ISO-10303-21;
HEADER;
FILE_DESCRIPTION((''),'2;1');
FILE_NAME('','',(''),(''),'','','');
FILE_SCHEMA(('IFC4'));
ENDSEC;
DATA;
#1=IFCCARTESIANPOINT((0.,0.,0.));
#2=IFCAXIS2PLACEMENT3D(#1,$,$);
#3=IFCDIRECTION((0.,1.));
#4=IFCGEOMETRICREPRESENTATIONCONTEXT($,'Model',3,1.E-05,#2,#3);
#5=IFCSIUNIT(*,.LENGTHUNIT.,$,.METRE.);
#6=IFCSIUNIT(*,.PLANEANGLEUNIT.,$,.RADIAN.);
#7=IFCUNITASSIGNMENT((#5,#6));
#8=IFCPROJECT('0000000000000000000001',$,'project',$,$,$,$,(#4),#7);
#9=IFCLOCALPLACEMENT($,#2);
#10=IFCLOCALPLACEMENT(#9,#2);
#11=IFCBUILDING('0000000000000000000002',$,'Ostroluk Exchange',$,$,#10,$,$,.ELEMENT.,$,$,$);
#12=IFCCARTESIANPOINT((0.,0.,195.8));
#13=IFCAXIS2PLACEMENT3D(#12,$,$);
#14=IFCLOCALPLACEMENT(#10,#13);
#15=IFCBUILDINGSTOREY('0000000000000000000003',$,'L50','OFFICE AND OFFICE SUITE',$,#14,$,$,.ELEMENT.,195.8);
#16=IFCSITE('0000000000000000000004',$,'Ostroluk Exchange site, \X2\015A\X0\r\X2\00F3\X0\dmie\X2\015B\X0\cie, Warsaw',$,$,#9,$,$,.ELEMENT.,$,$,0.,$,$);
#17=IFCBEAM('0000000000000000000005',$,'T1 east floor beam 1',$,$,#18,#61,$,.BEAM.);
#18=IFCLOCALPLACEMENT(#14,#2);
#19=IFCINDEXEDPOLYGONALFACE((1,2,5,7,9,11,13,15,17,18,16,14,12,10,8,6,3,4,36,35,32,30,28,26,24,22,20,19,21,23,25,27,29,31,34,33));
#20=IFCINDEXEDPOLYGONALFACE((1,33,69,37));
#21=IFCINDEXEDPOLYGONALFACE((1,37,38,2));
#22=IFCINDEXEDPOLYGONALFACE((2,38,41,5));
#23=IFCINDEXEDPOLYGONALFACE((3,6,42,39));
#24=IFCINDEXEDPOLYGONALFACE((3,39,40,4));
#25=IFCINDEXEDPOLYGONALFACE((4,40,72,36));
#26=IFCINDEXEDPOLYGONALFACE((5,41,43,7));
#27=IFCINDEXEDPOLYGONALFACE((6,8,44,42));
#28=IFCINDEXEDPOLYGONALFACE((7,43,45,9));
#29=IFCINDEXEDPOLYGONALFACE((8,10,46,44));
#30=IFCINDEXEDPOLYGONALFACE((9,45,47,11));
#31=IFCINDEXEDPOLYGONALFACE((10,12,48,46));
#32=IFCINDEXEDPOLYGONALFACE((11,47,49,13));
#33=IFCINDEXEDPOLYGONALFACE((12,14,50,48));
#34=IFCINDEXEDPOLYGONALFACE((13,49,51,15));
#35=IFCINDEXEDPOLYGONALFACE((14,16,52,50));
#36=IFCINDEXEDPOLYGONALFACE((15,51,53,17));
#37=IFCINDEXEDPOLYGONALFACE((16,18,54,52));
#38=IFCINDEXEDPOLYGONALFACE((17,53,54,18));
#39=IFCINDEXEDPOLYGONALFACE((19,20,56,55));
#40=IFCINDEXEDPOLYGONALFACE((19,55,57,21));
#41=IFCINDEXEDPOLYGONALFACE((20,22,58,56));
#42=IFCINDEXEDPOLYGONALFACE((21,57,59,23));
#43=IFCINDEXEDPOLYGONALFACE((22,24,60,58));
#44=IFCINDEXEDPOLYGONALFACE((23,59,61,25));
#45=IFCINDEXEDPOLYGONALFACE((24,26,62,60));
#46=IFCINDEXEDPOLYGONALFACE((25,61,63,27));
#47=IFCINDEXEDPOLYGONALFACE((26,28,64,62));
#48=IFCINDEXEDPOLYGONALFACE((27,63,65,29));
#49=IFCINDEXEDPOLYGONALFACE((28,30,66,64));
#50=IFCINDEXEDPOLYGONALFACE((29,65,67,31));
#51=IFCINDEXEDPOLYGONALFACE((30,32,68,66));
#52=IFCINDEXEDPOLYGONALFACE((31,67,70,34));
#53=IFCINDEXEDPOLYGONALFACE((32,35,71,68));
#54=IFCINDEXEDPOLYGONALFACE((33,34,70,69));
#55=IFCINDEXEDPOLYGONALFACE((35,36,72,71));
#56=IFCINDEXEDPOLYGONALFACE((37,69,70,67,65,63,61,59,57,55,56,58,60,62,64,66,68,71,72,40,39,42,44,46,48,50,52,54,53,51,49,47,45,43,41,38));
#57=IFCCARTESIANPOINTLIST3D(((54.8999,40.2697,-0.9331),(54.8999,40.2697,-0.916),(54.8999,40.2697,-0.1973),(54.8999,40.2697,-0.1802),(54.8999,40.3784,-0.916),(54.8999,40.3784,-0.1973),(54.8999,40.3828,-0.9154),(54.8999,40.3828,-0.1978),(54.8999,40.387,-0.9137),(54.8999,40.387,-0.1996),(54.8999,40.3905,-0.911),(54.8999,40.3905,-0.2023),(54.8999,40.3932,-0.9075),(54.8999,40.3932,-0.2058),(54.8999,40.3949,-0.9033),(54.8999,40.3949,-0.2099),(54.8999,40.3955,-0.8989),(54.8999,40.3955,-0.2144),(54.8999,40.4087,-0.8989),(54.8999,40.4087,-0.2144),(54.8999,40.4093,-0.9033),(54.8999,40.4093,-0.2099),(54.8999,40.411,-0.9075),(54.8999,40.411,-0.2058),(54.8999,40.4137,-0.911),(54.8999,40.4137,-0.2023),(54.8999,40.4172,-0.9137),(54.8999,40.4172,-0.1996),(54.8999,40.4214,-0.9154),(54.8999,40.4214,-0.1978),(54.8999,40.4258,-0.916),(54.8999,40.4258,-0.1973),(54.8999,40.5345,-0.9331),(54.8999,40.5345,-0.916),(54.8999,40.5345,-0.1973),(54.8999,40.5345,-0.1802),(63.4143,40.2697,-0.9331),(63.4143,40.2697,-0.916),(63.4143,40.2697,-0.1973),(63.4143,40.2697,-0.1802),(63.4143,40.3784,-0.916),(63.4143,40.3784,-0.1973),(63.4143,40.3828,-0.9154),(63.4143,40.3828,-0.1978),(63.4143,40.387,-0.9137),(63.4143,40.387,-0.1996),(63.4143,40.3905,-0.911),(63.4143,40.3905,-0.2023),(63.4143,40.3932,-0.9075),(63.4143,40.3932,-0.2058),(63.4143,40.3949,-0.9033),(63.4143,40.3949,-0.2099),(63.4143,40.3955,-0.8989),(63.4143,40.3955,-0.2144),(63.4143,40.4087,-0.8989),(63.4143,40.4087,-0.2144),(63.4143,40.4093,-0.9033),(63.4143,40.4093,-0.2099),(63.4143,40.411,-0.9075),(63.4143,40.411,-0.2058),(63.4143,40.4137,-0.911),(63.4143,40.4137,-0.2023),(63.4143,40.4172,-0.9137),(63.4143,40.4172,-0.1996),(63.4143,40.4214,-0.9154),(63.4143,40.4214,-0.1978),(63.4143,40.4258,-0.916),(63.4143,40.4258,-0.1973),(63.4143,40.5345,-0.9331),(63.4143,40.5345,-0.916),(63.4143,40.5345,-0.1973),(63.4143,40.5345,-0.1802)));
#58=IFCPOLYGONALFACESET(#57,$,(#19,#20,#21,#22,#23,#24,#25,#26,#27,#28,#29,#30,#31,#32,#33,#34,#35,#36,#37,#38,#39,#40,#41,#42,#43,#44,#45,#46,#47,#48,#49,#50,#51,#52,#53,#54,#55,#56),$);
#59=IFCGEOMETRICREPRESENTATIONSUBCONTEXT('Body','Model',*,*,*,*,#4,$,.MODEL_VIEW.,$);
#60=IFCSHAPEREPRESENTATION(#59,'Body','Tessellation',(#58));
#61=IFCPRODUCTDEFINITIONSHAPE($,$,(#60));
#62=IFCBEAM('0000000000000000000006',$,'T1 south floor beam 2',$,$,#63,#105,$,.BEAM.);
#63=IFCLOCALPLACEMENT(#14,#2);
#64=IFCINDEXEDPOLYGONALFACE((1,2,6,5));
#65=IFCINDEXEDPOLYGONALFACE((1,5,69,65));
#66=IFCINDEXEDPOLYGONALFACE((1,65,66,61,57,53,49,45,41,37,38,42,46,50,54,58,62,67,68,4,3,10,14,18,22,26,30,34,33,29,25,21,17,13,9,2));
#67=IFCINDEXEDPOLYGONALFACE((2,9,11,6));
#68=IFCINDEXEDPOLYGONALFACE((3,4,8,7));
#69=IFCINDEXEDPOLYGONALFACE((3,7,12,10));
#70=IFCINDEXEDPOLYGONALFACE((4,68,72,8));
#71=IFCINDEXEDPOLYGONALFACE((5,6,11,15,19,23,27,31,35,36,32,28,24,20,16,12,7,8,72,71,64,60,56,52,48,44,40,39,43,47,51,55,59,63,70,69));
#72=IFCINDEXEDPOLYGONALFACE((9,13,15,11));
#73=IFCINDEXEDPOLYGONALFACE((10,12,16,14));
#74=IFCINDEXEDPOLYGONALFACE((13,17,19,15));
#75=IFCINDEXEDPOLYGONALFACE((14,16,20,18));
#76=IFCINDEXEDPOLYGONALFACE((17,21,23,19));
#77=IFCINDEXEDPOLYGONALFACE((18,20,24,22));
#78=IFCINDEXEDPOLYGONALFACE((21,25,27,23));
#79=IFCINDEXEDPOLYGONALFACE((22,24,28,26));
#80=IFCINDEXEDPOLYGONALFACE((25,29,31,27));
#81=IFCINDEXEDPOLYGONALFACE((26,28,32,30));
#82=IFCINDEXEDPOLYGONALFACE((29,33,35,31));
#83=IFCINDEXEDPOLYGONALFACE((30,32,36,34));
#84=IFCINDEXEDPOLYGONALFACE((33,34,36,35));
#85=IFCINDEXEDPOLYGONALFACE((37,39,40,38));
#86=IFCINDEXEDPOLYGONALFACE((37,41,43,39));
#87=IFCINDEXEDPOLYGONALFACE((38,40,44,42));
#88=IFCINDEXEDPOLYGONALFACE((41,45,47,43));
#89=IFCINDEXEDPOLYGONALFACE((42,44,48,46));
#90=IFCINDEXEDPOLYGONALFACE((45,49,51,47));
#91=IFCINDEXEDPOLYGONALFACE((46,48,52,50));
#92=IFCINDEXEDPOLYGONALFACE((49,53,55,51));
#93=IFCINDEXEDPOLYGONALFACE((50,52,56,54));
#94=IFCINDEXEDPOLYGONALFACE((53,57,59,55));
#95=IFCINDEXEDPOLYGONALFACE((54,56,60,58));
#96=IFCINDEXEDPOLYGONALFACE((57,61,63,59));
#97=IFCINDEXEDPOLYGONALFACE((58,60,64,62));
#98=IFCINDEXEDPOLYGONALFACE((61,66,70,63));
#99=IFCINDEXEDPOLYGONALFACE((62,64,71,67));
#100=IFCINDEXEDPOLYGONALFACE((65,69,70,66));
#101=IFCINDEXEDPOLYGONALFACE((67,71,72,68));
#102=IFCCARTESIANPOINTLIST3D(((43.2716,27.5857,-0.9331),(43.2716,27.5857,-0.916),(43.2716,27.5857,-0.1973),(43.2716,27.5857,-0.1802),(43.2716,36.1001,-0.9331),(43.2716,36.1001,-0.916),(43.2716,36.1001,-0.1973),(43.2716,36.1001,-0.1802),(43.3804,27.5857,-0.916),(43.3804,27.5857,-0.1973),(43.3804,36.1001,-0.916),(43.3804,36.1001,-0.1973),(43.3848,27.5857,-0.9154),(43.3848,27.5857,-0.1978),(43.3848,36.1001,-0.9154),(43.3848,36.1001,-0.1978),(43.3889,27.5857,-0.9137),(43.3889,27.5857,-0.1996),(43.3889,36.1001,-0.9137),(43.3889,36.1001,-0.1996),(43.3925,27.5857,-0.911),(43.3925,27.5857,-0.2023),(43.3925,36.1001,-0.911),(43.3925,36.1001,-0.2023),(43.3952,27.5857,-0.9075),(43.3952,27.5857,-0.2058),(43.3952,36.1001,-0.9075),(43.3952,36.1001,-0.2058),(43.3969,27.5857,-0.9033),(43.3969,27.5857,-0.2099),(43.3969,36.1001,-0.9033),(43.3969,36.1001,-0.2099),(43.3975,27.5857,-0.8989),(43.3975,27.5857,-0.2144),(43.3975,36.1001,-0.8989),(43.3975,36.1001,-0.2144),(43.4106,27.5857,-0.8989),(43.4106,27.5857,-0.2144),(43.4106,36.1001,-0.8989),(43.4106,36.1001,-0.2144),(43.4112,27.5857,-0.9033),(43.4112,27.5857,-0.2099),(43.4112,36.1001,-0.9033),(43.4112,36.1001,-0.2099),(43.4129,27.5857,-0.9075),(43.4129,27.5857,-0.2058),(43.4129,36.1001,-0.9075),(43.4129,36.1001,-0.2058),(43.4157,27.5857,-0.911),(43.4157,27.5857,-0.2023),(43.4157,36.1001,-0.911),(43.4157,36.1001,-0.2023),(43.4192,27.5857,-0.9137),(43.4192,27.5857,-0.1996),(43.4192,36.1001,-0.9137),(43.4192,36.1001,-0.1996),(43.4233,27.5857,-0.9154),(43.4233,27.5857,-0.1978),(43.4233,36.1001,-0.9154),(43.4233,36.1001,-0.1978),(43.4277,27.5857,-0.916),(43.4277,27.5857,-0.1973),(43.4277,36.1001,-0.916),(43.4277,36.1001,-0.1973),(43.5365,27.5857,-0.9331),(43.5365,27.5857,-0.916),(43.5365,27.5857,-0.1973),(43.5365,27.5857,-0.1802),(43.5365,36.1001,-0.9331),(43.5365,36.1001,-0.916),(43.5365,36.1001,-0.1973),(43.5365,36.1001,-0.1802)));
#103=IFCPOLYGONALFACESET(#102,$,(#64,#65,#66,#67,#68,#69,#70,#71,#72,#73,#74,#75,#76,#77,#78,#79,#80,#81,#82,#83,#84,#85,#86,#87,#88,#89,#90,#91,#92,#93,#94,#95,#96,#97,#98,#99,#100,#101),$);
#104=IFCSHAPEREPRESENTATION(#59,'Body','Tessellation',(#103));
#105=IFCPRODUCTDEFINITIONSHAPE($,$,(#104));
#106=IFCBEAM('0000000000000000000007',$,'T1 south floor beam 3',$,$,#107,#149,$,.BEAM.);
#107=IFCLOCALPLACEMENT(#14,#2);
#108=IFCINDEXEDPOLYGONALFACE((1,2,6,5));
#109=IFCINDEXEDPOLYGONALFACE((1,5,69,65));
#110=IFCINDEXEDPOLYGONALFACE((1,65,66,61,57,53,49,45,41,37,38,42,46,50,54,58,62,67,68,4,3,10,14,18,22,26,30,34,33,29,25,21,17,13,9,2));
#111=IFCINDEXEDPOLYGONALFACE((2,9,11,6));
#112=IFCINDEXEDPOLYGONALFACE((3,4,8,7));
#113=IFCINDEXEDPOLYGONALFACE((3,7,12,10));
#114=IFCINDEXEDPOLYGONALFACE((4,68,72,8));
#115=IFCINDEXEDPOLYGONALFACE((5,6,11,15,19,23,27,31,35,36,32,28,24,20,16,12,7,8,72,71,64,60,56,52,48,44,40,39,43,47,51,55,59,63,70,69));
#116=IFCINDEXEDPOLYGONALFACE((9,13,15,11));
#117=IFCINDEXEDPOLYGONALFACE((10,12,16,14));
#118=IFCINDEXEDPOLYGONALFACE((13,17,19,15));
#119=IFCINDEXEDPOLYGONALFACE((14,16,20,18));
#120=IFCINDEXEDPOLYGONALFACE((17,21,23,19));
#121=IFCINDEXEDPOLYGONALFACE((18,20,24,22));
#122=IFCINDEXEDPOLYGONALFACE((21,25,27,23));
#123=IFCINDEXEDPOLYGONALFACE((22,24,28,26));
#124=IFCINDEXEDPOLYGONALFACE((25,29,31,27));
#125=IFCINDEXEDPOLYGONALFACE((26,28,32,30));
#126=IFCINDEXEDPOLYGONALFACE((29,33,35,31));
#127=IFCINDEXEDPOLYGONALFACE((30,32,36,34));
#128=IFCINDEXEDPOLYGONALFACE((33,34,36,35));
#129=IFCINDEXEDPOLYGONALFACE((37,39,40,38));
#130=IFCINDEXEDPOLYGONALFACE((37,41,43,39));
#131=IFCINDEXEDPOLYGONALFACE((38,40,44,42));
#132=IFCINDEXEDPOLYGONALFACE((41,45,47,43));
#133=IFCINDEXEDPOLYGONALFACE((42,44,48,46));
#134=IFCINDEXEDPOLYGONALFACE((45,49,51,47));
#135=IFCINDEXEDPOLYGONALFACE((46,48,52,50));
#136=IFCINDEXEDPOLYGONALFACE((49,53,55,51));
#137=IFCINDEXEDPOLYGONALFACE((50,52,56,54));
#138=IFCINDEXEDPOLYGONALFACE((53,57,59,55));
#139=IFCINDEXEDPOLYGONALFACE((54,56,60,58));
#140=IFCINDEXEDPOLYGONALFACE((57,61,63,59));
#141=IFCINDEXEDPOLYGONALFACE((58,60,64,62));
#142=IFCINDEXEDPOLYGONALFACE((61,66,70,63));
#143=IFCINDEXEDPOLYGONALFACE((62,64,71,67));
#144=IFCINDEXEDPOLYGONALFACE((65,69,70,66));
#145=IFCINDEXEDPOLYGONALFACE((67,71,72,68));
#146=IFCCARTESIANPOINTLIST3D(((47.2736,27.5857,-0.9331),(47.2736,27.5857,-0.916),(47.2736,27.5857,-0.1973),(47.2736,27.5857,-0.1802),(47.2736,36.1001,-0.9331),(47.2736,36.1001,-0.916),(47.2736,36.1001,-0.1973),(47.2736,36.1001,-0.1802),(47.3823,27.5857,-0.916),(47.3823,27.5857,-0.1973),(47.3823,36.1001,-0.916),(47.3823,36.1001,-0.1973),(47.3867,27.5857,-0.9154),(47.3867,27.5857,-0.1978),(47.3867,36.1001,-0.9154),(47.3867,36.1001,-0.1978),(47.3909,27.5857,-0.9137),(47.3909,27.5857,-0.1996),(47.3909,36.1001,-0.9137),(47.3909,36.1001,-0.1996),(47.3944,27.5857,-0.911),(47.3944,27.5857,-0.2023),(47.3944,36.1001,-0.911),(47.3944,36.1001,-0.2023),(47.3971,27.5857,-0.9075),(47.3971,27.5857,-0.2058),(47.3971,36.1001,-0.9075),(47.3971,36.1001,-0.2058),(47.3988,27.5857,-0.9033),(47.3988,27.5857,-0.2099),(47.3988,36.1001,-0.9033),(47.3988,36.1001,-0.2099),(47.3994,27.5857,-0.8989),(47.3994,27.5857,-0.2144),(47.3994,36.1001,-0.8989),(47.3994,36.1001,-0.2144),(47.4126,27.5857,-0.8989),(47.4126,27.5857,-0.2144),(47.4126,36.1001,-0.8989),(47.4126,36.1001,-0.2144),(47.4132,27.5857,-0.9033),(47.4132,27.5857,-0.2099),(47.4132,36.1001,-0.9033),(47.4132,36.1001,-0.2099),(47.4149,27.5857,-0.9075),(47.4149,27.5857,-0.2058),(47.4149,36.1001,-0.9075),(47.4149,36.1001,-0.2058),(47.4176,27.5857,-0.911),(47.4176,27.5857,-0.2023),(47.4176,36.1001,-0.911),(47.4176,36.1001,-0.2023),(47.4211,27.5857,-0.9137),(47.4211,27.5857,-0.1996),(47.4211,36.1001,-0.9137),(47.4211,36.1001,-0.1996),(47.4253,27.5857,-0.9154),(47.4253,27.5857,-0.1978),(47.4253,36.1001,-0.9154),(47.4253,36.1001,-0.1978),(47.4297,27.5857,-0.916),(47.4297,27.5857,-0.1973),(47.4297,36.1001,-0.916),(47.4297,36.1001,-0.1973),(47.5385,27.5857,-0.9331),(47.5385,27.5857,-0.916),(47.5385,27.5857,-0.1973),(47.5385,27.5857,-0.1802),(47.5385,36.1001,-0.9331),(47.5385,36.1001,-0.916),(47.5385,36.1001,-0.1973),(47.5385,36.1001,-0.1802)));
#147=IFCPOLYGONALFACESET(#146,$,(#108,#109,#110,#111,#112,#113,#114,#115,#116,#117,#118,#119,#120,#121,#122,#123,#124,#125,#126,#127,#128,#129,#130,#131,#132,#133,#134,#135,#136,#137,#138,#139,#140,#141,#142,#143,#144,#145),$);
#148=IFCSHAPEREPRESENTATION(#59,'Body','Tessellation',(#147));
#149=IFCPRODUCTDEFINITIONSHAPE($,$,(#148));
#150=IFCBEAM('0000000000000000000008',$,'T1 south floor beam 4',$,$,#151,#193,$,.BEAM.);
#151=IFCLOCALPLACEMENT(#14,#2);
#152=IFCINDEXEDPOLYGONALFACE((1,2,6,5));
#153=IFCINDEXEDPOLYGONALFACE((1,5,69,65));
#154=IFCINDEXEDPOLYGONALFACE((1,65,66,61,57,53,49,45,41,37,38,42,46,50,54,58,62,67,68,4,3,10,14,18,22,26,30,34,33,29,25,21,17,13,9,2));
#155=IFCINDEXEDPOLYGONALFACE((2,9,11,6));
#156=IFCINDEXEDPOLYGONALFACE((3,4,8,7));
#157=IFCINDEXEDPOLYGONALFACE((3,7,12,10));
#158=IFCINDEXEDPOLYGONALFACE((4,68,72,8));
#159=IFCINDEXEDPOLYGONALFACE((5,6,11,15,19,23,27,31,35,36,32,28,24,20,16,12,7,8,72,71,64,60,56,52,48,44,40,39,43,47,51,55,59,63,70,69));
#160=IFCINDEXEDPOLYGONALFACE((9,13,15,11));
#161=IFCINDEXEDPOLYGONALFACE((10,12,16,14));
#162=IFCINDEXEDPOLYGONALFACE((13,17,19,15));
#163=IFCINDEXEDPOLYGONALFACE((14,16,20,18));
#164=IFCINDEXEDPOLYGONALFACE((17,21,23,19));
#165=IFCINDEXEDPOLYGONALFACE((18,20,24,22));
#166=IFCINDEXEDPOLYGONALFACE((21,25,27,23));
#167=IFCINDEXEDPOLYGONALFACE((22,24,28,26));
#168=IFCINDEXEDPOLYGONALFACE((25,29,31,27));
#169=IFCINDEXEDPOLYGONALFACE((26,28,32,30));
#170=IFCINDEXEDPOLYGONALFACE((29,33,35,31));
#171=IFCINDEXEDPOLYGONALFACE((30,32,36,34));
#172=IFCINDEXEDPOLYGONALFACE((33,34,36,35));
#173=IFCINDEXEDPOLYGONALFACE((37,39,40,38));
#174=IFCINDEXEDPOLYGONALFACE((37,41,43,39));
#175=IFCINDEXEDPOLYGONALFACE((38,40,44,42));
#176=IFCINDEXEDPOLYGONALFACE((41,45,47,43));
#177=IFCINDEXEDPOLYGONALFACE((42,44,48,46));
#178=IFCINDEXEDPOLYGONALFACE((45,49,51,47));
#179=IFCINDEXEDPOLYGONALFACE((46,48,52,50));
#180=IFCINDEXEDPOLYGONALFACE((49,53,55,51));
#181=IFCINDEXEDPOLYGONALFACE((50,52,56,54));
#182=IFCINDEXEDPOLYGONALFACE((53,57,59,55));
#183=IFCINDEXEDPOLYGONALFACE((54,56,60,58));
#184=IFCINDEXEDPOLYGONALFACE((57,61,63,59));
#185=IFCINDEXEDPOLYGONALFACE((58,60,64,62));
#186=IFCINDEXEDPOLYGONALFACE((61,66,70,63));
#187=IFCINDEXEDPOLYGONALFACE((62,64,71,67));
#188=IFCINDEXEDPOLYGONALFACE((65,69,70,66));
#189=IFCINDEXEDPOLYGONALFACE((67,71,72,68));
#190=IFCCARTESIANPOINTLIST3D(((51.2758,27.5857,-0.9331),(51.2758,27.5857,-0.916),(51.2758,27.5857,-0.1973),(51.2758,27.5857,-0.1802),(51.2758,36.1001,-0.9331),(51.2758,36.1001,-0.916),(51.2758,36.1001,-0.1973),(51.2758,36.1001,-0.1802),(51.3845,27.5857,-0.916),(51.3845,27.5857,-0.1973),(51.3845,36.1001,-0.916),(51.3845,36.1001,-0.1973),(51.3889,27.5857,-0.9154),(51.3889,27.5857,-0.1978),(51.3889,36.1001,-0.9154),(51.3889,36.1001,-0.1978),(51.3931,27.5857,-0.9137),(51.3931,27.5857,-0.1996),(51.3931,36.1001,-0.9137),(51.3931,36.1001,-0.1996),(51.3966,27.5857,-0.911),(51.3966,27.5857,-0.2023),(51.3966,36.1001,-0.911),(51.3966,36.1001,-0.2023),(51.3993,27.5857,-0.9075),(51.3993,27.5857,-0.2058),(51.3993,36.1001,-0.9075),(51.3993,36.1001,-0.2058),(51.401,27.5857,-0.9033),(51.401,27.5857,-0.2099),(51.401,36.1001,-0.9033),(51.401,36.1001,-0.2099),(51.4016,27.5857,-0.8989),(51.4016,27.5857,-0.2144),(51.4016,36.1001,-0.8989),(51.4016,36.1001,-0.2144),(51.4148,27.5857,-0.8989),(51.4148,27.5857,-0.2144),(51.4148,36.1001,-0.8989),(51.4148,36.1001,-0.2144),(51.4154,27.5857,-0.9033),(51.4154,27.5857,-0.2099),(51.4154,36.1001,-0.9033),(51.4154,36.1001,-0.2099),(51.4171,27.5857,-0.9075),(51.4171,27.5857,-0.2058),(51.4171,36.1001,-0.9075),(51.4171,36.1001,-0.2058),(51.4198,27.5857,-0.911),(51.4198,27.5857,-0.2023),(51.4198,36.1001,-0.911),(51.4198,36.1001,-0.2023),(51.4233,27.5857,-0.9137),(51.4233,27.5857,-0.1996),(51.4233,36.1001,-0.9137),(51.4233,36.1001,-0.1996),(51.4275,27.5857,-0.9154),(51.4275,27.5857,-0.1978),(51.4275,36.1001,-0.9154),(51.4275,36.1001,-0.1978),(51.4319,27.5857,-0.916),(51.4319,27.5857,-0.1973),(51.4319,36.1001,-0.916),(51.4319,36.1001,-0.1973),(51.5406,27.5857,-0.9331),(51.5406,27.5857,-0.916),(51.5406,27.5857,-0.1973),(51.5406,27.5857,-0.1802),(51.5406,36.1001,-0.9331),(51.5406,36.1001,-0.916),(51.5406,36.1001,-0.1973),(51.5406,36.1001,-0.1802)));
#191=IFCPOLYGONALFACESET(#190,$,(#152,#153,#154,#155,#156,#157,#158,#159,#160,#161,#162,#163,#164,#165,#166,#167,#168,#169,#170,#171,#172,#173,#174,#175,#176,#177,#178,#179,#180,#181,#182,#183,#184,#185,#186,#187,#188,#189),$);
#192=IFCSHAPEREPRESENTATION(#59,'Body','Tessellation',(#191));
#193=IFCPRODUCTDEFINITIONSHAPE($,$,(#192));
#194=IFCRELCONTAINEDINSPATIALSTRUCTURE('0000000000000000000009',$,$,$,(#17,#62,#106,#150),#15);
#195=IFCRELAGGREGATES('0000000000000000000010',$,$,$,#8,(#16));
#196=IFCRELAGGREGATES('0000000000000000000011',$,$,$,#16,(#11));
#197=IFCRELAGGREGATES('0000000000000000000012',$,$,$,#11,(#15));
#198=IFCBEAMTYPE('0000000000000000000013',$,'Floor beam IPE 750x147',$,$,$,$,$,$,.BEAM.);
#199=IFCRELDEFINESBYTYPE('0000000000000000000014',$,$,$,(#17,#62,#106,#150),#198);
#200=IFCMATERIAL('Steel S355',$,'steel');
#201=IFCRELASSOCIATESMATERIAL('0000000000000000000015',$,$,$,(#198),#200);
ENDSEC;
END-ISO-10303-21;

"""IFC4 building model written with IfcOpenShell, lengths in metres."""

from ifc_helpers import new_model, si_unit, direction, frame, origin, origin_2d, place, context, subcontext, project, spatial, i_section, extrude, material, material_profile, profile_set, type_object, element, save


model = new_model("IFC4")

# Units and contexts
model_context = context("Model", 3, precision=1e-05, world=origin(), true_north=direction((0.0, 1.0)))
body_context = subcontext(model_context, "Body", "Model", "MODEL_VIEW")
ifc_project = project(units=[si_unit("LENGTHUNIT", "METRE"), si_unit("PLANEANGLEUNIT", "RADIAN")], contexts=[model_context])

# Site, building, storey
site_placement = place(None, origin())
site = spatial("IfcSite", under=ifc_project, at=site_placement, Name="Ostroluk Exchange site, Śródmieście, Warsaw", CompositionType="ELEMENT", RefElevation=0.0)
building_placement = place(site_placement, origin())
building = spatial("IfcBuilding", under=site, at=building_placement, Name="Ostroluk Exchange", CompositionType="ELEMENT")
storey_placement = place(building_placement, frame((0.0, 0.0, 195.8)))
storey = spatial("IfcBuildingStorey", under=building, at=storey_placement, Name="L50", Description="OFFICE AND OFFICE SUITE", CompositionType="ELEMENT", Elevation=195.8)

# Beams
ifc_material_1 = material(Name="Steel S355", Category="steel")
ifc_material_profile_1 = material_profile(ifc_material_1, i_section(OverallWidth=0.2649, OverallDepth=0.7529, WebThickness=0.0132, FlangeThickness=0.0171, FilletRadius=0.0171, at=origin_2d()), Name="IPE 750x147")
ifc_profile_set_1 = profile_set([ifc_material_profile_1], Name="Steel S355")
beam_type_1 = type_object("IfcBeamType", Name="Floor beam IPE 750x147", PredefinedType="BEAM", material=ifc_profile_set_1)
for number, where, z_axis, x_axis, name in (
    (1, (54.8999, 40.4021, -0.5566), (1.0, 0.0, 0.0), (0.0, 1.0, 0.0), "T1 east floor beam 1"),
    (2, (43.4041, 36.1001, -0.5566), (0.0, -1.0, 0.0), (1.0, 0.0, 0.0), "T1 south floor beam 2"),
    (3, (47.406, 36.1001, -0.5566), (0.0, -1.0, 0.0), (1.0, 0.0, 0.0), "T1 south floor beam 3"),
    (4, (51.4082, 36.1001, -0.5566), (0.0, -1.0, 0.0), (1.0, 0.0, 0.0), "T1 south floor beam 4"),
):
    element("IfcBeam", number, at=place(storey_placement, frame(where, z_axis=z_axis, x_axis=x_axis)), inside=storey, type_object=beam_type_1, Name=name, PredefinedType="BEAM", context=body_context, shape_type="SweptSolid", body=[
        extrude(i_section(OverallWidth=0.2649, OverallDepth=0.7529, WebThickness=0.0132, FlangeThickness=0.0171, FilletRadius=0.0171, at=origin_2d()), origin(), (0.0, 0.0, 1.0), 8.5144),
    ])

save(model, "model.ifc")
